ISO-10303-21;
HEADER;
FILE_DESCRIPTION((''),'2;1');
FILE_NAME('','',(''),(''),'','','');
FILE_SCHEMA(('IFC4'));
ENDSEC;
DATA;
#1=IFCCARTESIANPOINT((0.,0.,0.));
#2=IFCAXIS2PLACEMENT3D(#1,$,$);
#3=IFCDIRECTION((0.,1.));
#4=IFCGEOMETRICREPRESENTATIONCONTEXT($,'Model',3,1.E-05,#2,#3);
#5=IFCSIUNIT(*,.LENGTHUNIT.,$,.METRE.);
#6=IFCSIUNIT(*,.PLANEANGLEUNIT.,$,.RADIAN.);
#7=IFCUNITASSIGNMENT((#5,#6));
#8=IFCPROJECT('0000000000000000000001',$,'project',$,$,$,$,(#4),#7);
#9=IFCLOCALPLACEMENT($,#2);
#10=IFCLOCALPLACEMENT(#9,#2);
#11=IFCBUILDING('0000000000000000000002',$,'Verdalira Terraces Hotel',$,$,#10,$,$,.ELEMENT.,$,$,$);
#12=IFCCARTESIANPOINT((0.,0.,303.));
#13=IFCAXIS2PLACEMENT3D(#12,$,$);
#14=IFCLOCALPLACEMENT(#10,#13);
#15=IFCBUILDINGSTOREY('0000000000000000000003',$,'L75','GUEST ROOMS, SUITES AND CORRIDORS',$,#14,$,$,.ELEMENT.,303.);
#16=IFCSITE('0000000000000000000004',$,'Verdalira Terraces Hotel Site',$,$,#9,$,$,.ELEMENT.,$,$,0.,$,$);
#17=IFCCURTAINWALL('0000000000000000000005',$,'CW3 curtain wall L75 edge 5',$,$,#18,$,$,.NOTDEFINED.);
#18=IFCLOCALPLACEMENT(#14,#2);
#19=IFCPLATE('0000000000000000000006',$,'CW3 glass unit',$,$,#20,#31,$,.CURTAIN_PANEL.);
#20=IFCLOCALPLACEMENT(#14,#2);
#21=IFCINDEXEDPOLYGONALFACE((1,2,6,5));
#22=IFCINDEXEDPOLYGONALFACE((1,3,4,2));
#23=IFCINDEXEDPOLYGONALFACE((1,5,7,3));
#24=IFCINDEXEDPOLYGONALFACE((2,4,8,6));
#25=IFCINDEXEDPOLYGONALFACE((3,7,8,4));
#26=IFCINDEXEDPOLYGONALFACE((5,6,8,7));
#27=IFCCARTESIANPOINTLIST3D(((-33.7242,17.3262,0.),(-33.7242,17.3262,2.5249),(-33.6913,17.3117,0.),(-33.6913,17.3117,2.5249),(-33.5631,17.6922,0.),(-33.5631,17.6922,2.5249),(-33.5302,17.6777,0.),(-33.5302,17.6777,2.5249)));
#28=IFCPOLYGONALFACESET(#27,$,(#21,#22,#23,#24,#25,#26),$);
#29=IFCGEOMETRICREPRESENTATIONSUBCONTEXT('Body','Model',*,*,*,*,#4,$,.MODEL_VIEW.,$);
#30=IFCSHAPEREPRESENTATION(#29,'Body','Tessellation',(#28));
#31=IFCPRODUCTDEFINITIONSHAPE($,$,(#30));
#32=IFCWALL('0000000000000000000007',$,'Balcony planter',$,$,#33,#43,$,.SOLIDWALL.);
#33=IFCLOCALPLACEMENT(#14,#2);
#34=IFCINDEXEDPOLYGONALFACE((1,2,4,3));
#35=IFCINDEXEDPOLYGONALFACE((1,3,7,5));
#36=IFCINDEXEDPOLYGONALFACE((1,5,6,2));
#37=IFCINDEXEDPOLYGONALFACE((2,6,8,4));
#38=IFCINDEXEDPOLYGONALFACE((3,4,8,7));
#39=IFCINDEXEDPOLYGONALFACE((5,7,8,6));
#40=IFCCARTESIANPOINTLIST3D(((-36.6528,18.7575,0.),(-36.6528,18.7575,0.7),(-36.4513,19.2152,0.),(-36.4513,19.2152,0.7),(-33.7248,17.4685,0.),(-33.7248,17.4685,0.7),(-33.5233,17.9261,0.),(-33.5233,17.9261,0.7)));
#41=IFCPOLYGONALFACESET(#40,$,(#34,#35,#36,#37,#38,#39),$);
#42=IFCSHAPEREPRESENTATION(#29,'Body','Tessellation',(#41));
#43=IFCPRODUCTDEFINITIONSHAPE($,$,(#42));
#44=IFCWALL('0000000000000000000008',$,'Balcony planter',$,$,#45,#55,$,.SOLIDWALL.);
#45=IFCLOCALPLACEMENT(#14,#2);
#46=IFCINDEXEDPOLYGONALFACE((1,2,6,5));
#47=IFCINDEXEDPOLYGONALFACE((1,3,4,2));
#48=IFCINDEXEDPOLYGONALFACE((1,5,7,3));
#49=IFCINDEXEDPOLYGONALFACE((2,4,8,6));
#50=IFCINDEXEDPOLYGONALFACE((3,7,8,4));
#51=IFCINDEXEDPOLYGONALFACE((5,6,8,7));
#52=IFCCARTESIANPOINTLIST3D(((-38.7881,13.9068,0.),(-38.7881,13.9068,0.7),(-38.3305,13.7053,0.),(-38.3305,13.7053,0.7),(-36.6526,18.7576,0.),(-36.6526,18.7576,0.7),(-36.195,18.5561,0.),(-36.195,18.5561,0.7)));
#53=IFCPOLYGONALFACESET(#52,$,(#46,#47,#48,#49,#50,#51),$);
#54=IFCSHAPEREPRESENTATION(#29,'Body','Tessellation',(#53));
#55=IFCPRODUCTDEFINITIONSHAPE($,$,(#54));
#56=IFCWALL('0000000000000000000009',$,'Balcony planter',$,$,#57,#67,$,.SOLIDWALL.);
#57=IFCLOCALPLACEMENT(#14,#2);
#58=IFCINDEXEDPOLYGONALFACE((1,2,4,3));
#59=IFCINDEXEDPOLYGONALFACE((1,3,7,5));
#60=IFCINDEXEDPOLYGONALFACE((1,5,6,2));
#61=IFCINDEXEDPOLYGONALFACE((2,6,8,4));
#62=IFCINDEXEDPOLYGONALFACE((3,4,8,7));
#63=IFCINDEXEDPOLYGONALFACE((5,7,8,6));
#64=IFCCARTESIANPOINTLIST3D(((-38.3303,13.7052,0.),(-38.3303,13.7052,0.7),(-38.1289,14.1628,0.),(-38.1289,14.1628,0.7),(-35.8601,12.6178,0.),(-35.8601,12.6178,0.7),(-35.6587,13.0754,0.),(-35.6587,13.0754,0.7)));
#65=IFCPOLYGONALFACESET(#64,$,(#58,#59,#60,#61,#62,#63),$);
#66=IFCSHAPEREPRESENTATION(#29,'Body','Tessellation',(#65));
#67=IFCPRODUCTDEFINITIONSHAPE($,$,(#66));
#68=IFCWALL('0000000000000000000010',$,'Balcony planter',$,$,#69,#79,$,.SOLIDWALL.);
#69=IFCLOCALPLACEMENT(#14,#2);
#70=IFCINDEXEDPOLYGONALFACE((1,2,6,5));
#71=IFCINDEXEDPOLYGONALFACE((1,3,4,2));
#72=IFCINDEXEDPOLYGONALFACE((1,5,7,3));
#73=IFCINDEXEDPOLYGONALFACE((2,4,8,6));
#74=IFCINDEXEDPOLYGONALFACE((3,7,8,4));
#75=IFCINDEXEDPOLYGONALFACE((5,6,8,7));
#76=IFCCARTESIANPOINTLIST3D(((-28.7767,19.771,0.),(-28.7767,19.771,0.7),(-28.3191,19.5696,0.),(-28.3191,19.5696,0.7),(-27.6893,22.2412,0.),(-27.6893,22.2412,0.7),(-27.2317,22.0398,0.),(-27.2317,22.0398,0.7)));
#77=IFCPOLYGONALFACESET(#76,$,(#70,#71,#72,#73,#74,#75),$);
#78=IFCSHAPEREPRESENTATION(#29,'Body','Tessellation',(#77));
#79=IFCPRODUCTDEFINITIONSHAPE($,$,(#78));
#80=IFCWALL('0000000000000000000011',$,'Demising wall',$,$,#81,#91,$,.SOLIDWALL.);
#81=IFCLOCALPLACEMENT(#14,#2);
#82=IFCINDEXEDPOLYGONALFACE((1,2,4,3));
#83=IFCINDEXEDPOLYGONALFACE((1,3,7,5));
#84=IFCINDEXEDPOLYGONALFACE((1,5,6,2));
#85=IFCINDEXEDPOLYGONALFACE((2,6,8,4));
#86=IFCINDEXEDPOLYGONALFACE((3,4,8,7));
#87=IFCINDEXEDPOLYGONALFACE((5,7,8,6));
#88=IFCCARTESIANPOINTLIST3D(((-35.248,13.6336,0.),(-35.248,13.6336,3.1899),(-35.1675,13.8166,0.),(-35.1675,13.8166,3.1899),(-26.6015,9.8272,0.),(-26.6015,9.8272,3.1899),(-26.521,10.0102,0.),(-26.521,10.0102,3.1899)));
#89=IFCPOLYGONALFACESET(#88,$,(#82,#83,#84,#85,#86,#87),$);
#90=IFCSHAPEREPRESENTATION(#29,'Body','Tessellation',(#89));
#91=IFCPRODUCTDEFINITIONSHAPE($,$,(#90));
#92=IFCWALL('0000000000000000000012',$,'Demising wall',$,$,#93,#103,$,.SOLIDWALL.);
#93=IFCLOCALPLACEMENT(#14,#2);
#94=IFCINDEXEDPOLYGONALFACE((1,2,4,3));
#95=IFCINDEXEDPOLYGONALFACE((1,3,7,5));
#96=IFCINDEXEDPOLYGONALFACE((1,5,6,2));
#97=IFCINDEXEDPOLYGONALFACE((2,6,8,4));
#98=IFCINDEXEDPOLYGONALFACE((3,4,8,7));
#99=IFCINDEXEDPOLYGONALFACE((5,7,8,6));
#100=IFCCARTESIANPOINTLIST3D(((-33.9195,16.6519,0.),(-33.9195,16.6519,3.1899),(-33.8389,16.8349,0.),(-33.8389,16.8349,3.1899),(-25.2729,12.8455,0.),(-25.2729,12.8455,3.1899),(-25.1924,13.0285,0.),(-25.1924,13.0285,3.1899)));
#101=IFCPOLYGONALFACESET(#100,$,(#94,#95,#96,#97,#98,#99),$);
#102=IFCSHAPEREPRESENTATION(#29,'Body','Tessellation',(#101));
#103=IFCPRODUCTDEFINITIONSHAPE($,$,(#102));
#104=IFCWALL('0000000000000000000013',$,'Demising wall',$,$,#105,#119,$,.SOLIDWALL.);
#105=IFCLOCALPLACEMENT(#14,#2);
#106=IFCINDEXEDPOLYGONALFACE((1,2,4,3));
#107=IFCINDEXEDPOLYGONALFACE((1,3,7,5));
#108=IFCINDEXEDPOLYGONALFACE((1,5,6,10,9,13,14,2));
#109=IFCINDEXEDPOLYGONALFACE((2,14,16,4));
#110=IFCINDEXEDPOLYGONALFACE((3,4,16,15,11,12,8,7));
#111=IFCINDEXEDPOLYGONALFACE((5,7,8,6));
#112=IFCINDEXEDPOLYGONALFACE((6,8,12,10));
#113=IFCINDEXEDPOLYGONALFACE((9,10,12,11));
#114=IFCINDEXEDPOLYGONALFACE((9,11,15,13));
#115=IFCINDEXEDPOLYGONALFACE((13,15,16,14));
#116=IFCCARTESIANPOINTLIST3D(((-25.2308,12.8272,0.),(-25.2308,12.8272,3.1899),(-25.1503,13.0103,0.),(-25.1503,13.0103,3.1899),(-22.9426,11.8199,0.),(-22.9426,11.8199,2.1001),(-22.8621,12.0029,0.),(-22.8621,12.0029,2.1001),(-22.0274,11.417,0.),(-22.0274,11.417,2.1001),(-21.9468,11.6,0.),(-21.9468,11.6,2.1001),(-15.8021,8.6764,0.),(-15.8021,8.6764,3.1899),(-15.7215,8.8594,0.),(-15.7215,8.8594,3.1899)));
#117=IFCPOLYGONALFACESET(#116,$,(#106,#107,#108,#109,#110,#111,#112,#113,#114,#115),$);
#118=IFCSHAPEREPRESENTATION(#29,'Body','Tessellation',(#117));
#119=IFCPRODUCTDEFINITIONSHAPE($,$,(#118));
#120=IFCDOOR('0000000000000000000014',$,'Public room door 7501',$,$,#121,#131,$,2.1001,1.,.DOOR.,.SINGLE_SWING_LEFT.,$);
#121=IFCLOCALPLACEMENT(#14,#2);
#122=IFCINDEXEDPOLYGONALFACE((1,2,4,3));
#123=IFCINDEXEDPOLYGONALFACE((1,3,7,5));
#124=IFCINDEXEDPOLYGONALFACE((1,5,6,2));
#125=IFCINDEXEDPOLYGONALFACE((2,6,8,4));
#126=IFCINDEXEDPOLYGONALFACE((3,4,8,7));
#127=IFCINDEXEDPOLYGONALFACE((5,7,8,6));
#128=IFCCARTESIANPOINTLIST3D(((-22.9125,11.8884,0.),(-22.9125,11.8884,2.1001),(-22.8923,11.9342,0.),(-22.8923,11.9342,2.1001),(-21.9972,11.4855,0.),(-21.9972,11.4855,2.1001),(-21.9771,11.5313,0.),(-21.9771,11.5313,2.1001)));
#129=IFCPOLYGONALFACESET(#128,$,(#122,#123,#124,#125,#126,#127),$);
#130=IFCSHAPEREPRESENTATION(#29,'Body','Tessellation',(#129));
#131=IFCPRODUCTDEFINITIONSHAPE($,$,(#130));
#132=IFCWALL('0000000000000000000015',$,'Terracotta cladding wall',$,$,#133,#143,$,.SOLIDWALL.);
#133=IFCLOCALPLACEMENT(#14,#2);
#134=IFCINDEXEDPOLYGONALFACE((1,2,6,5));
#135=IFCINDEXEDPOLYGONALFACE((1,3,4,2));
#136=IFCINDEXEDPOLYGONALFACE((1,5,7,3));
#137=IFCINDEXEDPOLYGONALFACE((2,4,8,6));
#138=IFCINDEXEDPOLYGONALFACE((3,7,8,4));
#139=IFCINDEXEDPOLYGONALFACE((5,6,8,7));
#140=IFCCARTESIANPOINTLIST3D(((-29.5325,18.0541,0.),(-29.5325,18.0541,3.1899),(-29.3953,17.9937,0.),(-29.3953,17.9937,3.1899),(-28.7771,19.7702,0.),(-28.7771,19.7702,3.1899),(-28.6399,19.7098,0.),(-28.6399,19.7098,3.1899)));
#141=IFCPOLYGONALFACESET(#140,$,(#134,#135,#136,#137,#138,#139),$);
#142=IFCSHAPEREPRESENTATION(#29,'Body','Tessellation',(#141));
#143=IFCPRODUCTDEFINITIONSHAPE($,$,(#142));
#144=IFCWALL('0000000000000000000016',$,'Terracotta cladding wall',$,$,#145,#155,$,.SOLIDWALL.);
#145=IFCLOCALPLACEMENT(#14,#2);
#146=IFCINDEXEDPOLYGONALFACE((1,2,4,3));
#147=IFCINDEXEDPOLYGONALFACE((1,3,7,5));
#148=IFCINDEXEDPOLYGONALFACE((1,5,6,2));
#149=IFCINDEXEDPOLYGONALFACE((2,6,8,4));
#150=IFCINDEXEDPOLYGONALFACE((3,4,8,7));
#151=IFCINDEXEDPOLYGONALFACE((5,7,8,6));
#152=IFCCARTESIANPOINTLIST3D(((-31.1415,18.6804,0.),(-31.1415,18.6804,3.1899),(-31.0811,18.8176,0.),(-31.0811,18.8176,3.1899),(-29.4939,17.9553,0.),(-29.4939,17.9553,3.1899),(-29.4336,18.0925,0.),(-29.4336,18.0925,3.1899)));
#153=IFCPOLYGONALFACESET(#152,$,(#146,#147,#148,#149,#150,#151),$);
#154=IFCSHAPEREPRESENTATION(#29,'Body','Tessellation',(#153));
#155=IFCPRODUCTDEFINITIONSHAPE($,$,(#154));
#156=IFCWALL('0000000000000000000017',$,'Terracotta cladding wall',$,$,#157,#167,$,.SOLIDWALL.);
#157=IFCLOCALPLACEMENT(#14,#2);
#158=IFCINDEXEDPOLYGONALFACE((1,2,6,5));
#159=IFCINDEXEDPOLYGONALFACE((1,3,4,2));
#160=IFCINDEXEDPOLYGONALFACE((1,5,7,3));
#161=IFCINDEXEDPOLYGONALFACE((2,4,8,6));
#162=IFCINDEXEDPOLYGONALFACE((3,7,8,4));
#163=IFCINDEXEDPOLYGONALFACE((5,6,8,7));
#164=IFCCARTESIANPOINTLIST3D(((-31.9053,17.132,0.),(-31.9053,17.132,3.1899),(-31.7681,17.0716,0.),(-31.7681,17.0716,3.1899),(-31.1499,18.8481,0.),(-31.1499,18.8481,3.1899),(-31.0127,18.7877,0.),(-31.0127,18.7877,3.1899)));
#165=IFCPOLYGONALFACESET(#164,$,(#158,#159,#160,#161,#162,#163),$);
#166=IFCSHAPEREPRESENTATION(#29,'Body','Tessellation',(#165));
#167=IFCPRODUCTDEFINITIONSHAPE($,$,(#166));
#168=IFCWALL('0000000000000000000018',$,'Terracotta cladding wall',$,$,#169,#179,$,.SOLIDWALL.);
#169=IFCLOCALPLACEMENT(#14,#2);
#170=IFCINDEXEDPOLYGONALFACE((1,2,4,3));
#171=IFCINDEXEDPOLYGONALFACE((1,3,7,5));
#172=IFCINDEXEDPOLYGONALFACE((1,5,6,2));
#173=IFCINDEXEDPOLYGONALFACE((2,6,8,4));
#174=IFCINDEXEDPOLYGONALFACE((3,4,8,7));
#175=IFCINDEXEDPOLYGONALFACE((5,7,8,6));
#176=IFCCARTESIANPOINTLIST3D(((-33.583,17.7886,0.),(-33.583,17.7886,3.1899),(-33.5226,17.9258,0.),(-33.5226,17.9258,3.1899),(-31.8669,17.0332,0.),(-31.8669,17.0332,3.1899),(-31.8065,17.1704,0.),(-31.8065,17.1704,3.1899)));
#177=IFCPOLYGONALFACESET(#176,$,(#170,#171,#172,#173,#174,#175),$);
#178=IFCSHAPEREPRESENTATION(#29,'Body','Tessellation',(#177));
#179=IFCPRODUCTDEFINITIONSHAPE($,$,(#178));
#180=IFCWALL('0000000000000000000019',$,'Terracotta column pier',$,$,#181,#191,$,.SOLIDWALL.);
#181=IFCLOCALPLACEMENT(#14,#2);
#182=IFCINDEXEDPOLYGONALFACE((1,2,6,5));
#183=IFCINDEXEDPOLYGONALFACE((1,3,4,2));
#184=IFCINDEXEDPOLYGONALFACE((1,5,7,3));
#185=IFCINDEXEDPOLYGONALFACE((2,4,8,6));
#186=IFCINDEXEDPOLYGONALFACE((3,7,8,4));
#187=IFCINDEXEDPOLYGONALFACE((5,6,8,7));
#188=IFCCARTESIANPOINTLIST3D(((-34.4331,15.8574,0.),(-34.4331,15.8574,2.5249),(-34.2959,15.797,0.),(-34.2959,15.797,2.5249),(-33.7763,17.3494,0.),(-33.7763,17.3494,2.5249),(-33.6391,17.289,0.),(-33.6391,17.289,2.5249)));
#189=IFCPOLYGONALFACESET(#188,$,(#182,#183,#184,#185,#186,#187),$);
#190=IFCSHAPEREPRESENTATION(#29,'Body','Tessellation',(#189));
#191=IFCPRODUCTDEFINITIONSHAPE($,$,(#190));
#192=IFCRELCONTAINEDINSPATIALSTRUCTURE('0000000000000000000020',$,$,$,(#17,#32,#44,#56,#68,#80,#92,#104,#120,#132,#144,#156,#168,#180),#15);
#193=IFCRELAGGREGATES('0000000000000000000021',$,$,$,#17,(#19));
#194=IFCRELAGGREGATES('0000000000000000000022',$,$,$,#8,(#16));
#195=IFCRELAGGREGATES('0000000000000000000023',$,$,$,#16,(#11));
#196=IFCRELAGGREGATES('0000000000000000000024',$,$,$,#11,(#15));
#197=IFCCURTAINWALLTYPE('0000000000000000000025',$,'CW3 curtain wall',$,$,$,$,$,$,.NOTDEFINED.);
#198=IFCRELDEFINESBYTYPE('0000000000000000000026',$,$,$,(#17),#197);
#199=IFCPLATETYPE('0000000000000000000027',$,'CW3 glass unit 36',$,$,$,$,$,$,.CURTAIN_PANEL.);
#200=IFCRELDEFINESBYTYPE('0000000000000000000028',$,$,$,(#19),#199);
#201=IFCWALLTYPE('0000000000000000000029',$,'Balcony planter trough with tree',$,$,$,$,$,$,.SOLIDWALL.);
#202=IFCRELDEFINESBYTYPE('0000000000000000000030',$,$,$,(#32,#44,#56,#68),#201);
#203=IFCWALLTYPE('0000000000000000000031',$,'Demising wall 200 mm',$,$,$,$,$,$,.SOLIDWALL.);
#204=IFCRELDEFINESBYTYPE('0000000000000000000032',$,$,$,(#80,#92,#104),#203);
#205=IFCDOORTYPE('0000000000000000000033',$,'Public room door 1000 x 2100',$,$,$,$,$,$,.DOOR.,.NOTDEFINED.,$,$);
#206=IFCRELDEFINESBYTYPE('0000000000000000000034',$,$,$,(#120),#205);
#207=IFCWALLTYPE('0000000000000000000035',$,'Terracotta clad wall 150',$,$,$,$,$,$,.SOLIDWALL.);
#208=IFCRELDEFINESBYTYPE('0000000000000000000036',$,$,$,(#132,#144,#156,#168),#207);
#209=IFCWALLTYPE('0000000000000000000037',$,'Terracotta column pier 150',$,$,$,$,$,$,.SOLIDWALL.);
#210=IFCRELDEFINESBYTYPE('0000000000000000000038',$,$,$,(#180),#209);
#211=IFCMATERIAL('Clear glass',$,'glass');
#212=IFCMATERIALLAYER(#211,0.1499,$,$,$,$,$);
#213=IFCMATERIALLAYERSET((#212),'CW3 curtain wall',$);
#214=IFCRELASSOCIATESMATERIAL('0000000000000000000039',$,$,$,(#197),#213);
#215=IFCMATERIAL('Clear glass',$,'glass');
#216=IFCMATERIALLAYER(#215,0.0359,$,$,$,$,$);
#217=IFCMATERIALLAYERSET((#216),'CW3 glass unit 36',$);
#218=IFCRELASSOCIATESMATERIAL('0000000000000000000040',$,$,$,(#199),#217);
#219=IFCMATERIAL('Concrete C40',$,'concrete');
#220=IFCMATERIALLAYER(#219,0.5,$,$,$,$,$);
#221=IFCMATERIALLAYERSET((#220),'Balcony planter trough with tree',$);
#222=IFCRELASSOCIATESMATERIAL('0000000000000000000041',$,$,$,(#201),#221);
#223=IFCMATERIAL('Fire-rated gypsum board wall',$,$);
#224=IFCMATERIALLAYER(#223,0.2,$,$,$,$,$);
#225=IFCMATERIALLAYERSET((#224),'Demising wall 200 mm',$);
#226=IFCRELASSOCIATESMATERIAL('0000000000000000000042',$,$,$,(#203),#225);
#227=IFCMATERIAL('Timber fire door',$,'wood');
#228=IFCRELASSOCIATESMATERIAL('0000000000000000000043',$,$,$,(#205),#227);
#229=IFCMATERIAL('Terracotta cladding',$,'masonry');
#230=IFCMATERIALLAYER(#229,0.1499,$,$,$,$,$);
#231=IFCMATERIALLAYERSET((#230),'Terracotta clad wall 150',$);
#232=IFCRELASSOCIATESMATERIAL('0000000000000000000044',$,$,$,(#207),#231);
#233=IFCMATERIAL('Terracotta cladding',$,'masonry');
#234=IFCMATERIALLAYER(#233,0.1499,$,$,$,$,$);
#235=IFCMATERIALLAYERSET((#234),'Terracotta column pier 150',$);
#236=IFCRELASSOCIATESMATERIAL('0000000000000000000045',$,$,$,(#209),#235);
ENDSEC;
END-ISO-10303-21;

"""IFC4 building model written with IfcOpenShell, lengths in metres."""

from ifc_helpers import new_model, si_unit, direction, frame, frame_2d, origin, origin_2d, place, context, subcontext, project, spatial, rectangle, extrude, material, layer, layer_set, type_object, element, fill, aggregate, save


model = new_model("IFC4")

# Units and contexts
model_context = context("Model", 3, precision=1e-05, world=origin(), true_north=direction((0.0, 1.0)))
body_context = subcontext(model_context, "Body", "Model", "MODEL_VIEW")
ifc_project = project(units=[si_unit("LENGTHUNIT", "METRE"), si_unit("PLANEANGLEUNIT", "RADIAN")], contexts=[model_context])

# Site, building, storey
site_placement = place(None, origin())
site = spatial("IfcSite", under=ifc_project, at=site_placement, Name="Verdalira Terraces Hotel Site", CompositionType="ELEMENT", RefElevation=0.0)
building_placement = place(site_placement, origin())
building = spatial("IfcBuilding", under=site, at=building_placement, Name="Verdalira Terraces Hotel", CompositionType="ELEMENT")
storey_placement = place(building_placement, frame((0.0, 0.0, 303.0)))
storey = spatial("IfcBuildingStorey", under=building, at=storey_placement, Name="L75", Description="GUEST ROOMS, SUITES AND CORRIDORS", CompositionType="ELEMENT", Elevation=303.0)

# Curtain wall
ifc_material_1 = material(Name="Clear glass", Category="glass")
ifc_layer_1 = layer(ifc_material_1, 0.1499)
ifc_layer_set_1 = layer_set([ifc_layer_1], Name="CW3 curtain wall")
curtain_wall_type_1 = type_object("IfcCurtainWallType", Name="CW3 curtain wall", PredefinedType="NOTDEFINED", material=ifc_layer_set_1)
curtain_wall_1_placement = place(storey_placement, origin())
curtain_wall_1 = element("IfcCurtainWall", 1, at=curtain_wall_1_placement, inside=storey, type_object=curtain_wall_type_1, Name="CW3 curtain wall L75 edge 5", PredefinedType="NOTDEFINED")

# Plate
ifc_material_2 = material(Name="Clear glass", Category="glass")
ifc_layer_2 = layer(ifc_material_2, 0.0359)
ifc_layer_set_2 = layer_set([ifc_layer_2], Name="CW3 glass unit 36")
plate_type_1 = type_object("IfcPlateType", Name="CW3 glass unit 36", PredefinedType="CURTAIN_PANEL", material=ifc_layer_set_2)
plate_1_placement = place(storey_placement, frame((-33.6272, 17.502, 0.0), z_axis=(0.0, 0.0, 1.0), x_axis=(-0.402906, -0.915241, 0.0)))
plate_1 = element("IfcPlate", 2, at=plate_1_placement, type_object=plate_type_1, Name="CW3 glass unit", PredefinedType="CURTAIN_PANEL", context=body_context, shape_type="SweptSolid", body=[
    extrude(rectangle(XDim=0.3999, YDim=0.0359, at=origin_2d()), origin(), (0.0, 0.0, 1.0), 2.5249),
])
aggregate(curtain_wall_1, [plate_1])

# Walls
ifc_material_3 = material(Name="Concrete C40", Category="concrete")
ifc_layer_3 = layer(ifc_material_3, 0.5)
ifc_layer_set_3 = layer_set([ifc_layer_3], Name="Balcony planter trough with tree")
wall_type_1 = type_object("IfcWallType", Name="Balcony planter trough with tree", PredefinedType="SOLIDWALL", material=ifc_layer_set_3)
wall_1_placement = place(storey_placement, frame((-33.624, 17.6973, 0.0), z_axis=(0.0, 0.0, 1.0), x_axis=(-0.915228, 0.402936, 0.0)))
element("IfcWall", 3, at=wall_1_placement, inside=storey, type_object=wall_type_1, Name="Balcony planter", PredefinedType="SOLIDWALL", context=body_context, shape_type="SweptSolid", body=[
    extrude(rectangle(XDim=3.1992, YDim=0.5, at=frame_2d((1.5996, 0.0))), origin(), (0.0, 0.0, 1.0), 0.7),
])
wall_2_placement = place(storey_placement, frame((-36.4238, 18.6567, 0.0), z_axis=(0.0, 0.0, 1.0), x_axis=(-0.402918, -0.915236, 0.0)))
element("IfcWall", 4, at=wall_2_placement, inside=storey, type_object=wall_type_1, Name="Balcony planter", PredefinedType="SOLIDWALL", context=body_context, shape_type="SweptSolid", body=[
    extrude(rectangle(XDim=5.3, YDim=0.5, at=frame_2d((2.6499, 0.0))), origin(), (0.0, 0.0, 1.0), 0.7),
])
for number, where, z_axis, x_axis, name in (
    (5, (-38.2297, 13.9341, 0.0), (0.0, 0.0, 1.0), (0.915246, -0.402896, 0.0), "Balcony planter"),
    (6, (-27.4604, 22.1406, 0.0), (0.0, 0.0, 1.0), (-0.402896, -0.915246, 0.0), "Balcony planter"),
):
    element("IfcWall", number, at=place(storey_placement, frame(where, z_axis=z_axis, x_axis=x_axis)), inside=storey, type_object=wall_type_1, Name=name, PredefinedType="SOLIDWALL", context=body_context, shape_type="SweptSolid", body=[
        extrude(rectangle(XDim=2.699, YDim=0.5, at=frame_2d((1.3496, 0.0))), origin(), (0.0, 0.0, 1.0), 0.7),
    ])
ifc_material_4 = material(Name="Fire-rated gypsum board wall")
ifc_layer_4 = layer(ifc_material_4, 0.2)
ifc_layer_set_4 = layer_set([ifc_layer_4], Name="Demising wall 200 mm")
wall_type_2 = type_object("IfcWallType", Name="Demising wall 200 mm", PredefinedType="SOLIDWALL", material=ifc_layer_set_4)
for number, where, z_axis, x_axis, name in (
    (7, (-35.2078, 13.7251, 0.0), (0.0, 0.0, 1.0), (0.915239, -0.402911, 0.0), "Demising wall"),
    (8, (-25.2327, 12.937, 0.0), (0.0, 0.0, 1.0), (-0.915239, 0.402911, 0.0), "Demising wall"),
):
    element("IfcWall", number, at=place(storey_placement, frame(where, z_axis=z_axis, x_axis=x_axis)), inside=storey, type_object=wall_type_2, Name=name, PredefinedType="SOLIDWALL", context=body_context, shape_type="SweptSolid", body=[
        extrude(rectangle(XDim=9.4473, YDim=0.2, at=frame_2d((4.7236, 0.0))), origin(), (0.0, 0.0, 1.0), 3.1899),
    ])

# Wall, opening, door
wall_3_placement = place(storey_placement, frame((-25.1904, 12.9187, 0.0), z_axis=(0.0, 0.0, 1.0), x_axis=(0.915235, -0.402921, 0.0)))
wall_3 = element("IfcWall", 9, at=wall_3_placement, inside=storey, type_object=wall_type_2, Name="Demising wall", PredefinedType="SOLIDWALL", context=body_context, shape_type="SweptSolid", body=[
    extrude(rectangle(XDim=10.302, YDim=0.2, at=frame_2d((5.1509, 0.0))), origin(), (0.0, 0.0, 1.0), 3.1899),
])
opening_1_placement = place(wall_3_placement, frame((2.5, 0.0, 0.0)))
opening_1 = element("IfcOpeningElement", 10, at=opening_1_placement, cuts=wall_3, PredefinedType="OPENING", context=body_context, shape_type="SweptSolid", body=[
    extrude(rectangle(XDim=1.0, YDim=2.1001, at=frame_2d((0.5, 1.05))), frame((0.0, 0.1099, 0.0), z_axis=(0.0, -1.0, 0.0), x_axis=(1.0, 0.0, 0.0)), (0.0, 0.0, 1.0), 0.22),
])
ifc_material_5 = material(Name="Timber fire door", Category="wood")
door_type_1 = type_object("IfcDoorType", Name="Public room door 1000 x 2100", OperationType="NOTDEFINED", PredefinedType="DOOR", material=ifc_material_5)
door_1_placement = place(opening_1_placement, origin())
door_1 = element("IfcDoor", 11, at=door_1_placement, inside=storey, type_object=door_type_1, Name="Public room door 7501", OperationType="SINGLE_SWING_LEFT", OverallHeight=2.1001, OverallWidth=1.0, PredefinedType="DOOR", context=body_context, shape_type="SweptSolid", body=[
    extrude(rectangle(XDim=1.0, YDim=2.1001, at=frame_2d((0.5, 1.05))), frame((0.0, 0.0249, 0.0), z_axis=(0.0, -1.0, 0.0), x_axis=(1.0, 0.0, 0.0)), (0.0, 0.0, 1.0), 0.05),
])
fill(opening_1, door_1)

# Walls
ifc_material_6 = material(Name="Terracotta cladding", Category="masonry")
ifc_layer_5 = layer(ifc_material_6, 0.1499)
ifc_layer_set_5 = layer_set([ifc_layer_5], Name="Terracotta clad wall 150")
wall_type_3 = type_object("IfcWallType", Name="Terracotta clad wall 150", PredefinedType="SOLIDWALL", material=ifc_layer_set_5)
wall_4_placement = place(storey_placement, frame((-28.7085, 19.74, 0.0), z_axis=(0.0, 0.0, 1.0), x_axis=(-0.402874, -0.915256, 0.0)))
element("IfcWall", 12, at=wall_4_placement, inside=storey, type_object=wall_type_3, Name="Terracotta cladding wall", PredefinedType="SOLIDWALL", context=body_context, shape_type="SweptSolid", body=[
    extrude(rectangle(XDim=1.875, YDim=0.1499, at=frame_2d((0.9375, 0.0))), origin(), (0.0, 0.0, 1.0), 3.1899),
])
wall_5_placement = place(storey_placement, frame((-29.4639, 18.0239, 0.0), z_axis=(0.0, 0.0, 1.0), x_axis=(-0.915271, 0.402839, 0.0)))
element("IfcWall", 13, at=wall_5_placement, inside=storey, type_object=wall_type_3, Name="Terracotta cladding wall", PredefinedType="SOLIDWALL", context=body_context, shape_type="SweptSolid", body=[
    extrude(rectangle(XDim=1.8, YDim=0.1499, at=frame_2d((0.8999, 0.0))), origin(), (0.0, 0.0, 1.0), 3.1899),
])
for number, where, z_axis, x_axis, name in (
    (14, (-31.0813, 18.8179, 0.0), (0.0, 0.0, 1.0), (-0.402874, -0.915256, 0.0), "Terracotta cladding wall"),
    (15, (-31.8367, 17.1018, 0.0), (0.0, 0.0, 1.0), (-0.915256, 0.402874, 0.0), "Terracotta cladding wall"),
):
    element("IfcWall", number, at=place(storey_placement, frame(where, z_axis=z_axis, x_axis=x_axis)), inside=storey, type_object=wall_type_3, Name=name, PredefinedType="SOLIDWALL", context=body_context, shape_type="SweptSolid", body=[
        extrude(rectangle(XDim=1.875, YDim=0.1499, at=frame_2d((0.9375, 0.0))), origin(), (0.0, 0.0, 1.0), 3.1899),
    ])
ifc_material_7 = material(Name="Terracotta cladding", Category="masonry")
ifc_layer_6 = layer(ifc_material_7, 0.1499)
ifc_layer_set_6 = layer_set([ifc_layer_6], Name="Terracotta column pier 150")
wall_type_4 = type_object("IfcWallType", Name="Terracotta column pier 150", PredefinedType="SOLIDWALL", material=ifc_layer_set_6)
wall_6_placement = place(storey_placement, frame((-33.7078, 17.3191, 0.0), z_axis=(0.0, 0.0, 1.0), x_axis=(-0.402884, -0.915251, 0.0)))
element("IfcWall", 16, at=wall_6_placement, inside=storey, type_object=wall_type_4, Name="Terracotta column pier", PredefinedType="SOLIDWALL", context=body_context, shape_type="SweptSolid", body=[
    extrude(rectangle(XDim=1.6301, YDim=0.1499, at=frame_2d((0.8149, 0.0))), origin(), (0.0, 0.0, 1.0), 2.5249),
])

save(model, "model.ifc")
